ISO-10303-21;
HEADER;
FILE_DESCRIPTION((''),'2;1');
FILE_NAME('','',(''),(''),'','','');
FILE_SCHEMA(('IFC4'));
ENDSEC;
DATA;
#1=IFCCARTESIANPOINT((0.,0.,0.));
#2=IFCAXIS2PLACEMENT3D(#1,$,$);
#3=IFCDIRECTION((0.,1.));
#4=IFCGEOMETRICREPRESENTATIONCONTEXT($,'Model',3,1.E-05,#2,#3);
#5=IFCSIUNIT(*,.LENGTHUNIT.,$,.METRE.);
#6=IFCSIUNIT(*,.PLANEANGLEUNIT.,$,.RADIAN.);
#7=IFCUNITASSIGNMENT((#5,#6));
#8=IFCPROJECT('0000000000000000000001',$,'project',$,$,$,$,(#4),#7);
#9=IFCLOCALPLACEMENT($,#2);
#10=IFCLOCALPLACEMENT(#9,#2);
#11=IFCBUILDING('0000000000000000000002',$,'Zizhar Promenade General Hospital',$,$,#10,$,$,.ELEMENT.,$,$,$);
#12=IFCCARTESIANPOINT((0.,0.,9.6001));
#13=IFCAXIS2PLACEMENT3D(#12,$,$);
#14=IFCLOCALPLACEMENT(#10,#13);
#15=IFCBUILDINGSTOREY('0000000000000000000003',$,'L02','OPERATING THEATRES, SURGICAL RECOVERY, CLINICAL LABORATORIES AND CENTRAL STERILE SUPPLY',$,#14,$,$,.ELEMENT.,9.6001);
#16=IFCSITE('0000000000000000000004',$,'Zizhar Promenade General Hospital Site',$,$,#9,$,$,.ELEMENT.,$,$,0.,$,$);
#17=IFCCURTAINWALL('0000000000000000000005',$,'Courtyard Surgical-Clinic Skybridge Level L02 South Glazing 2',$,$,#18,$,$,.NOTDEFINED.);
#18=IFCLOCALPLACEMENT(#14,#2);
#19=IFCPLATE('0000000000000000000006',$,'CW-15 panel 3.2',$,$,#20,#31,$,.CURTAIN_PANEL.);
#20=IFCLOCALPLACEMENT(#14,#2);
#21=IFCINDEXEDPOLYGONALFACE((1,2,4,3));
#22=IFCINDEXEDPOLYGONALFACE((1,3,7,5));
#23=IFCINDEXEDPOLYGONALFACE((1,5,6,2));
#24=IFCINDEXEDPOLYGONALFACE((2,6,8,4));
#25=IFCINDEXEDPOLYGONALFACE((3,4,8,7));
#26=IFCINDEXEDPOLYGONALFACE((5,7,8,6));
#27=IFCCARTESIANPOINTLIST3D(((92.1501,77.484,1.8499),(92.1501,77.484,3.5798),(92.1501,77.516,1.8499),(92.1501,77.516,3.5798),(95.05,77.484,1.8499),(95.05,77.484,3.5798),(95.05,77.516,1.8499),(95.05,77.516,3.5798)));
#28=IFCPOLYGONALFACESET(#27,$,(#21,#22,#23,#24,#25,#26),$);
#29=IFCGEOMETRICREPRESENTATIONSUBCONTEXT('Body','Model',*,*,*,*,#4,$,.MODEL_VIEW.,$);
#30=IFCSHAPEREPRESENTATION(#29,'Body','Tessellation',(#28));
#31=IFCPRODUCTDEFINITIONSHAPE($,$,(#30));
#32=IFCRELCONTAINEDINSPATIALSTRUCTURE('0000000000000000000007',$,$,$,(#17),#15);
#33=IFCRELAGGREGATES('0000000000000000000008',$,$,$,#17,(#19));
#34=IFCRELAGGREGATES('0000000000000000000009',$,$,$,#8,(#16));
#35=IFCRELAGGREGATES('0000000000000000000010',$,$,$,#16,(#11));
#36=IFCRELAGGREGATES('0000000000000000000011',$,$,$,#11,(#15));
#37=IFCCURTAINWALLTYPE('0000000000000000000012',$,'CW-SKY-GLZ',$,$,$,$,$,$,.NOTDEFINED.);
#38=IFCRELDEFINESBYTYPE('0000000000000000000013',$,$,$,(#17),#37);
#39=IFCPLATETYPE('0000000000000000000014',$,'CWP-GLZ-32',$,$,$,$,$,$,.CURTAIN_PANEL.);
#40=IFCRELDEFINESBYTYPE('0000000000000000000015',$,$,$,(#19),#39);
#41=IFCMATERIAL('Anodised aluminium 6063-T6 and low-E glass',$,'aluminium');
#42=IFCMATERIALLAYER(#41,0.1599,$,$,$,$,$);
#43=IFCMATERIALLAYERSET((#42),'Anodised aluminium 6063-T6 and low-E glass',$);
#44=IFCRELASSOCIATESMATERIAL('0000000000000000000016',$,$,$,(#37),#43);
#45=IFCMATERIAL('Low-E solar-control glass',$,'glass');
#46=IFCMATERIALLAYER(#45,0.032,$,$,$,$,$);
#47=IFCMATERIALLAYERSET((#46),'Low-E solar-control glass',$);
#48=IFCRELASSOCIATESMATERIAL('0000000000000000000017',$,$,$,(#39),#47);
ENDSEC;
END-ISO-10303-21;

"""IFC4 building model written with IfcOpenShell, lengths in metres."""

from ifc_helpers import new_model, si_unit, direction, frame, origin, origin_2d, place, context, subcontext, project, spatial, rectangle, extrude, material, layer, layer_set, type_object, element, aggregate, save


model = new_model("IFC4")

# Units and contexts
model_context = context("Model", 3, precision=1e-05, world=origin(), true_north=direction((0.0, 1.0)))
body_context = subcontext(model_context, "Body", "Model", "MODEL_VIEW")
ifc_project = project(units=[si_unit("LENGTHUNIT", "METRE"), si_unit("PLANEANGLEUNIT", "RADIAN")], contexts=[model_context])

# Site, building, storey
site_placement = place(None, origin())
site = spatial("IfcSite", under=ifc_project, at=site_placement, Name="Zizhar Promenade General Hospital Site", CompositionType="ELEMENT", RefElevation=0.0)
building_placement = place(site_placement, origin())
building = spatial("IfcBuilding", under=site, at=building_placement, Name="Zizhar Promenade General Hospital", CompositionType="ELEMENT")
storey_placement = place(building_placement, frame((0.0, 0.0, 9.6001)))
storey = spatial("IfcBuildingStorey", under=building, at=storey_placement, Name="L02", Description="OPERATING THEATRES, SURGICAL RECOVERY, CLINICAL LABORATORIES AND CENTRAL STERILE SUPPLY", CompositionType="ELEMENT", Elevation=9.6001)

# Curtain wall
ifc_material_1 = material(Name="Anodised aluminium 6063-T6 and low-E glass", Category="aluminium")
ifc_layer_1 = layer(ifc_material_1, 0.1599)
ifc_layer_set_1 = layer_set([ifc_layer_1], Name="Anodised aluminium 6063-T6 and low-E glass")
curtain_wall_type_1 = type_object("IfcCurtainWallType", Name="CW-SKY-GLZ", PredefinedType="NOTDEFINED", material=ifc_layer_set_1)
curtain_wall_1_placement = place(storey_placement, origin())
curtain_wall_1 = element("IfcCurtainWall", 1, at=curtain_wall_1_placement, inside=storey, type_object=curtain_wall_type_1, Name="Courtyard Surgical-Clinic Skybridge Level L02 South Glazing 2", PredefinedType="NOTDEFINED")

# Plate
ifc_material_2 = material(Name="Low-E solar-control glass", Category="glass")
ifc_layer_2 = layer(ifc_material_2, 0.032)
ifc_layer_set_2 = layer_set([ifc_layer_2], Name="Low-E solar-control glass")
plate_type = type_object("IfcPlateType", Name="CWP-GLZ-32", PredefinedType="CURTAIN_PANEL", material=ifc_layer_set_2)
plate_1_placement = place(storey_placement, frame((93.6001, 77.5, 1.8499), z_axis=(0.0, 0.0, 1.0), x_axis=(-1.0, 0.0, 0.0)))
plate_1 = element("IfcPlate", 2, at=plate_1_placement, type_object=plate_type, Name="CW-15 panel 3.2", PredefinedType="CURTAIN_PANEL", context=body_context, shape_type="SweptSolid", body=[
    extrude(rectangle(XDim=2.8999, YDim=0.032, at=origin_2d()), origin(), (0.0, 0.0, 1.0), 1.73),
])
aggregate(curtain_wall_1, [plate_1])

save(model, "model.ifc")
